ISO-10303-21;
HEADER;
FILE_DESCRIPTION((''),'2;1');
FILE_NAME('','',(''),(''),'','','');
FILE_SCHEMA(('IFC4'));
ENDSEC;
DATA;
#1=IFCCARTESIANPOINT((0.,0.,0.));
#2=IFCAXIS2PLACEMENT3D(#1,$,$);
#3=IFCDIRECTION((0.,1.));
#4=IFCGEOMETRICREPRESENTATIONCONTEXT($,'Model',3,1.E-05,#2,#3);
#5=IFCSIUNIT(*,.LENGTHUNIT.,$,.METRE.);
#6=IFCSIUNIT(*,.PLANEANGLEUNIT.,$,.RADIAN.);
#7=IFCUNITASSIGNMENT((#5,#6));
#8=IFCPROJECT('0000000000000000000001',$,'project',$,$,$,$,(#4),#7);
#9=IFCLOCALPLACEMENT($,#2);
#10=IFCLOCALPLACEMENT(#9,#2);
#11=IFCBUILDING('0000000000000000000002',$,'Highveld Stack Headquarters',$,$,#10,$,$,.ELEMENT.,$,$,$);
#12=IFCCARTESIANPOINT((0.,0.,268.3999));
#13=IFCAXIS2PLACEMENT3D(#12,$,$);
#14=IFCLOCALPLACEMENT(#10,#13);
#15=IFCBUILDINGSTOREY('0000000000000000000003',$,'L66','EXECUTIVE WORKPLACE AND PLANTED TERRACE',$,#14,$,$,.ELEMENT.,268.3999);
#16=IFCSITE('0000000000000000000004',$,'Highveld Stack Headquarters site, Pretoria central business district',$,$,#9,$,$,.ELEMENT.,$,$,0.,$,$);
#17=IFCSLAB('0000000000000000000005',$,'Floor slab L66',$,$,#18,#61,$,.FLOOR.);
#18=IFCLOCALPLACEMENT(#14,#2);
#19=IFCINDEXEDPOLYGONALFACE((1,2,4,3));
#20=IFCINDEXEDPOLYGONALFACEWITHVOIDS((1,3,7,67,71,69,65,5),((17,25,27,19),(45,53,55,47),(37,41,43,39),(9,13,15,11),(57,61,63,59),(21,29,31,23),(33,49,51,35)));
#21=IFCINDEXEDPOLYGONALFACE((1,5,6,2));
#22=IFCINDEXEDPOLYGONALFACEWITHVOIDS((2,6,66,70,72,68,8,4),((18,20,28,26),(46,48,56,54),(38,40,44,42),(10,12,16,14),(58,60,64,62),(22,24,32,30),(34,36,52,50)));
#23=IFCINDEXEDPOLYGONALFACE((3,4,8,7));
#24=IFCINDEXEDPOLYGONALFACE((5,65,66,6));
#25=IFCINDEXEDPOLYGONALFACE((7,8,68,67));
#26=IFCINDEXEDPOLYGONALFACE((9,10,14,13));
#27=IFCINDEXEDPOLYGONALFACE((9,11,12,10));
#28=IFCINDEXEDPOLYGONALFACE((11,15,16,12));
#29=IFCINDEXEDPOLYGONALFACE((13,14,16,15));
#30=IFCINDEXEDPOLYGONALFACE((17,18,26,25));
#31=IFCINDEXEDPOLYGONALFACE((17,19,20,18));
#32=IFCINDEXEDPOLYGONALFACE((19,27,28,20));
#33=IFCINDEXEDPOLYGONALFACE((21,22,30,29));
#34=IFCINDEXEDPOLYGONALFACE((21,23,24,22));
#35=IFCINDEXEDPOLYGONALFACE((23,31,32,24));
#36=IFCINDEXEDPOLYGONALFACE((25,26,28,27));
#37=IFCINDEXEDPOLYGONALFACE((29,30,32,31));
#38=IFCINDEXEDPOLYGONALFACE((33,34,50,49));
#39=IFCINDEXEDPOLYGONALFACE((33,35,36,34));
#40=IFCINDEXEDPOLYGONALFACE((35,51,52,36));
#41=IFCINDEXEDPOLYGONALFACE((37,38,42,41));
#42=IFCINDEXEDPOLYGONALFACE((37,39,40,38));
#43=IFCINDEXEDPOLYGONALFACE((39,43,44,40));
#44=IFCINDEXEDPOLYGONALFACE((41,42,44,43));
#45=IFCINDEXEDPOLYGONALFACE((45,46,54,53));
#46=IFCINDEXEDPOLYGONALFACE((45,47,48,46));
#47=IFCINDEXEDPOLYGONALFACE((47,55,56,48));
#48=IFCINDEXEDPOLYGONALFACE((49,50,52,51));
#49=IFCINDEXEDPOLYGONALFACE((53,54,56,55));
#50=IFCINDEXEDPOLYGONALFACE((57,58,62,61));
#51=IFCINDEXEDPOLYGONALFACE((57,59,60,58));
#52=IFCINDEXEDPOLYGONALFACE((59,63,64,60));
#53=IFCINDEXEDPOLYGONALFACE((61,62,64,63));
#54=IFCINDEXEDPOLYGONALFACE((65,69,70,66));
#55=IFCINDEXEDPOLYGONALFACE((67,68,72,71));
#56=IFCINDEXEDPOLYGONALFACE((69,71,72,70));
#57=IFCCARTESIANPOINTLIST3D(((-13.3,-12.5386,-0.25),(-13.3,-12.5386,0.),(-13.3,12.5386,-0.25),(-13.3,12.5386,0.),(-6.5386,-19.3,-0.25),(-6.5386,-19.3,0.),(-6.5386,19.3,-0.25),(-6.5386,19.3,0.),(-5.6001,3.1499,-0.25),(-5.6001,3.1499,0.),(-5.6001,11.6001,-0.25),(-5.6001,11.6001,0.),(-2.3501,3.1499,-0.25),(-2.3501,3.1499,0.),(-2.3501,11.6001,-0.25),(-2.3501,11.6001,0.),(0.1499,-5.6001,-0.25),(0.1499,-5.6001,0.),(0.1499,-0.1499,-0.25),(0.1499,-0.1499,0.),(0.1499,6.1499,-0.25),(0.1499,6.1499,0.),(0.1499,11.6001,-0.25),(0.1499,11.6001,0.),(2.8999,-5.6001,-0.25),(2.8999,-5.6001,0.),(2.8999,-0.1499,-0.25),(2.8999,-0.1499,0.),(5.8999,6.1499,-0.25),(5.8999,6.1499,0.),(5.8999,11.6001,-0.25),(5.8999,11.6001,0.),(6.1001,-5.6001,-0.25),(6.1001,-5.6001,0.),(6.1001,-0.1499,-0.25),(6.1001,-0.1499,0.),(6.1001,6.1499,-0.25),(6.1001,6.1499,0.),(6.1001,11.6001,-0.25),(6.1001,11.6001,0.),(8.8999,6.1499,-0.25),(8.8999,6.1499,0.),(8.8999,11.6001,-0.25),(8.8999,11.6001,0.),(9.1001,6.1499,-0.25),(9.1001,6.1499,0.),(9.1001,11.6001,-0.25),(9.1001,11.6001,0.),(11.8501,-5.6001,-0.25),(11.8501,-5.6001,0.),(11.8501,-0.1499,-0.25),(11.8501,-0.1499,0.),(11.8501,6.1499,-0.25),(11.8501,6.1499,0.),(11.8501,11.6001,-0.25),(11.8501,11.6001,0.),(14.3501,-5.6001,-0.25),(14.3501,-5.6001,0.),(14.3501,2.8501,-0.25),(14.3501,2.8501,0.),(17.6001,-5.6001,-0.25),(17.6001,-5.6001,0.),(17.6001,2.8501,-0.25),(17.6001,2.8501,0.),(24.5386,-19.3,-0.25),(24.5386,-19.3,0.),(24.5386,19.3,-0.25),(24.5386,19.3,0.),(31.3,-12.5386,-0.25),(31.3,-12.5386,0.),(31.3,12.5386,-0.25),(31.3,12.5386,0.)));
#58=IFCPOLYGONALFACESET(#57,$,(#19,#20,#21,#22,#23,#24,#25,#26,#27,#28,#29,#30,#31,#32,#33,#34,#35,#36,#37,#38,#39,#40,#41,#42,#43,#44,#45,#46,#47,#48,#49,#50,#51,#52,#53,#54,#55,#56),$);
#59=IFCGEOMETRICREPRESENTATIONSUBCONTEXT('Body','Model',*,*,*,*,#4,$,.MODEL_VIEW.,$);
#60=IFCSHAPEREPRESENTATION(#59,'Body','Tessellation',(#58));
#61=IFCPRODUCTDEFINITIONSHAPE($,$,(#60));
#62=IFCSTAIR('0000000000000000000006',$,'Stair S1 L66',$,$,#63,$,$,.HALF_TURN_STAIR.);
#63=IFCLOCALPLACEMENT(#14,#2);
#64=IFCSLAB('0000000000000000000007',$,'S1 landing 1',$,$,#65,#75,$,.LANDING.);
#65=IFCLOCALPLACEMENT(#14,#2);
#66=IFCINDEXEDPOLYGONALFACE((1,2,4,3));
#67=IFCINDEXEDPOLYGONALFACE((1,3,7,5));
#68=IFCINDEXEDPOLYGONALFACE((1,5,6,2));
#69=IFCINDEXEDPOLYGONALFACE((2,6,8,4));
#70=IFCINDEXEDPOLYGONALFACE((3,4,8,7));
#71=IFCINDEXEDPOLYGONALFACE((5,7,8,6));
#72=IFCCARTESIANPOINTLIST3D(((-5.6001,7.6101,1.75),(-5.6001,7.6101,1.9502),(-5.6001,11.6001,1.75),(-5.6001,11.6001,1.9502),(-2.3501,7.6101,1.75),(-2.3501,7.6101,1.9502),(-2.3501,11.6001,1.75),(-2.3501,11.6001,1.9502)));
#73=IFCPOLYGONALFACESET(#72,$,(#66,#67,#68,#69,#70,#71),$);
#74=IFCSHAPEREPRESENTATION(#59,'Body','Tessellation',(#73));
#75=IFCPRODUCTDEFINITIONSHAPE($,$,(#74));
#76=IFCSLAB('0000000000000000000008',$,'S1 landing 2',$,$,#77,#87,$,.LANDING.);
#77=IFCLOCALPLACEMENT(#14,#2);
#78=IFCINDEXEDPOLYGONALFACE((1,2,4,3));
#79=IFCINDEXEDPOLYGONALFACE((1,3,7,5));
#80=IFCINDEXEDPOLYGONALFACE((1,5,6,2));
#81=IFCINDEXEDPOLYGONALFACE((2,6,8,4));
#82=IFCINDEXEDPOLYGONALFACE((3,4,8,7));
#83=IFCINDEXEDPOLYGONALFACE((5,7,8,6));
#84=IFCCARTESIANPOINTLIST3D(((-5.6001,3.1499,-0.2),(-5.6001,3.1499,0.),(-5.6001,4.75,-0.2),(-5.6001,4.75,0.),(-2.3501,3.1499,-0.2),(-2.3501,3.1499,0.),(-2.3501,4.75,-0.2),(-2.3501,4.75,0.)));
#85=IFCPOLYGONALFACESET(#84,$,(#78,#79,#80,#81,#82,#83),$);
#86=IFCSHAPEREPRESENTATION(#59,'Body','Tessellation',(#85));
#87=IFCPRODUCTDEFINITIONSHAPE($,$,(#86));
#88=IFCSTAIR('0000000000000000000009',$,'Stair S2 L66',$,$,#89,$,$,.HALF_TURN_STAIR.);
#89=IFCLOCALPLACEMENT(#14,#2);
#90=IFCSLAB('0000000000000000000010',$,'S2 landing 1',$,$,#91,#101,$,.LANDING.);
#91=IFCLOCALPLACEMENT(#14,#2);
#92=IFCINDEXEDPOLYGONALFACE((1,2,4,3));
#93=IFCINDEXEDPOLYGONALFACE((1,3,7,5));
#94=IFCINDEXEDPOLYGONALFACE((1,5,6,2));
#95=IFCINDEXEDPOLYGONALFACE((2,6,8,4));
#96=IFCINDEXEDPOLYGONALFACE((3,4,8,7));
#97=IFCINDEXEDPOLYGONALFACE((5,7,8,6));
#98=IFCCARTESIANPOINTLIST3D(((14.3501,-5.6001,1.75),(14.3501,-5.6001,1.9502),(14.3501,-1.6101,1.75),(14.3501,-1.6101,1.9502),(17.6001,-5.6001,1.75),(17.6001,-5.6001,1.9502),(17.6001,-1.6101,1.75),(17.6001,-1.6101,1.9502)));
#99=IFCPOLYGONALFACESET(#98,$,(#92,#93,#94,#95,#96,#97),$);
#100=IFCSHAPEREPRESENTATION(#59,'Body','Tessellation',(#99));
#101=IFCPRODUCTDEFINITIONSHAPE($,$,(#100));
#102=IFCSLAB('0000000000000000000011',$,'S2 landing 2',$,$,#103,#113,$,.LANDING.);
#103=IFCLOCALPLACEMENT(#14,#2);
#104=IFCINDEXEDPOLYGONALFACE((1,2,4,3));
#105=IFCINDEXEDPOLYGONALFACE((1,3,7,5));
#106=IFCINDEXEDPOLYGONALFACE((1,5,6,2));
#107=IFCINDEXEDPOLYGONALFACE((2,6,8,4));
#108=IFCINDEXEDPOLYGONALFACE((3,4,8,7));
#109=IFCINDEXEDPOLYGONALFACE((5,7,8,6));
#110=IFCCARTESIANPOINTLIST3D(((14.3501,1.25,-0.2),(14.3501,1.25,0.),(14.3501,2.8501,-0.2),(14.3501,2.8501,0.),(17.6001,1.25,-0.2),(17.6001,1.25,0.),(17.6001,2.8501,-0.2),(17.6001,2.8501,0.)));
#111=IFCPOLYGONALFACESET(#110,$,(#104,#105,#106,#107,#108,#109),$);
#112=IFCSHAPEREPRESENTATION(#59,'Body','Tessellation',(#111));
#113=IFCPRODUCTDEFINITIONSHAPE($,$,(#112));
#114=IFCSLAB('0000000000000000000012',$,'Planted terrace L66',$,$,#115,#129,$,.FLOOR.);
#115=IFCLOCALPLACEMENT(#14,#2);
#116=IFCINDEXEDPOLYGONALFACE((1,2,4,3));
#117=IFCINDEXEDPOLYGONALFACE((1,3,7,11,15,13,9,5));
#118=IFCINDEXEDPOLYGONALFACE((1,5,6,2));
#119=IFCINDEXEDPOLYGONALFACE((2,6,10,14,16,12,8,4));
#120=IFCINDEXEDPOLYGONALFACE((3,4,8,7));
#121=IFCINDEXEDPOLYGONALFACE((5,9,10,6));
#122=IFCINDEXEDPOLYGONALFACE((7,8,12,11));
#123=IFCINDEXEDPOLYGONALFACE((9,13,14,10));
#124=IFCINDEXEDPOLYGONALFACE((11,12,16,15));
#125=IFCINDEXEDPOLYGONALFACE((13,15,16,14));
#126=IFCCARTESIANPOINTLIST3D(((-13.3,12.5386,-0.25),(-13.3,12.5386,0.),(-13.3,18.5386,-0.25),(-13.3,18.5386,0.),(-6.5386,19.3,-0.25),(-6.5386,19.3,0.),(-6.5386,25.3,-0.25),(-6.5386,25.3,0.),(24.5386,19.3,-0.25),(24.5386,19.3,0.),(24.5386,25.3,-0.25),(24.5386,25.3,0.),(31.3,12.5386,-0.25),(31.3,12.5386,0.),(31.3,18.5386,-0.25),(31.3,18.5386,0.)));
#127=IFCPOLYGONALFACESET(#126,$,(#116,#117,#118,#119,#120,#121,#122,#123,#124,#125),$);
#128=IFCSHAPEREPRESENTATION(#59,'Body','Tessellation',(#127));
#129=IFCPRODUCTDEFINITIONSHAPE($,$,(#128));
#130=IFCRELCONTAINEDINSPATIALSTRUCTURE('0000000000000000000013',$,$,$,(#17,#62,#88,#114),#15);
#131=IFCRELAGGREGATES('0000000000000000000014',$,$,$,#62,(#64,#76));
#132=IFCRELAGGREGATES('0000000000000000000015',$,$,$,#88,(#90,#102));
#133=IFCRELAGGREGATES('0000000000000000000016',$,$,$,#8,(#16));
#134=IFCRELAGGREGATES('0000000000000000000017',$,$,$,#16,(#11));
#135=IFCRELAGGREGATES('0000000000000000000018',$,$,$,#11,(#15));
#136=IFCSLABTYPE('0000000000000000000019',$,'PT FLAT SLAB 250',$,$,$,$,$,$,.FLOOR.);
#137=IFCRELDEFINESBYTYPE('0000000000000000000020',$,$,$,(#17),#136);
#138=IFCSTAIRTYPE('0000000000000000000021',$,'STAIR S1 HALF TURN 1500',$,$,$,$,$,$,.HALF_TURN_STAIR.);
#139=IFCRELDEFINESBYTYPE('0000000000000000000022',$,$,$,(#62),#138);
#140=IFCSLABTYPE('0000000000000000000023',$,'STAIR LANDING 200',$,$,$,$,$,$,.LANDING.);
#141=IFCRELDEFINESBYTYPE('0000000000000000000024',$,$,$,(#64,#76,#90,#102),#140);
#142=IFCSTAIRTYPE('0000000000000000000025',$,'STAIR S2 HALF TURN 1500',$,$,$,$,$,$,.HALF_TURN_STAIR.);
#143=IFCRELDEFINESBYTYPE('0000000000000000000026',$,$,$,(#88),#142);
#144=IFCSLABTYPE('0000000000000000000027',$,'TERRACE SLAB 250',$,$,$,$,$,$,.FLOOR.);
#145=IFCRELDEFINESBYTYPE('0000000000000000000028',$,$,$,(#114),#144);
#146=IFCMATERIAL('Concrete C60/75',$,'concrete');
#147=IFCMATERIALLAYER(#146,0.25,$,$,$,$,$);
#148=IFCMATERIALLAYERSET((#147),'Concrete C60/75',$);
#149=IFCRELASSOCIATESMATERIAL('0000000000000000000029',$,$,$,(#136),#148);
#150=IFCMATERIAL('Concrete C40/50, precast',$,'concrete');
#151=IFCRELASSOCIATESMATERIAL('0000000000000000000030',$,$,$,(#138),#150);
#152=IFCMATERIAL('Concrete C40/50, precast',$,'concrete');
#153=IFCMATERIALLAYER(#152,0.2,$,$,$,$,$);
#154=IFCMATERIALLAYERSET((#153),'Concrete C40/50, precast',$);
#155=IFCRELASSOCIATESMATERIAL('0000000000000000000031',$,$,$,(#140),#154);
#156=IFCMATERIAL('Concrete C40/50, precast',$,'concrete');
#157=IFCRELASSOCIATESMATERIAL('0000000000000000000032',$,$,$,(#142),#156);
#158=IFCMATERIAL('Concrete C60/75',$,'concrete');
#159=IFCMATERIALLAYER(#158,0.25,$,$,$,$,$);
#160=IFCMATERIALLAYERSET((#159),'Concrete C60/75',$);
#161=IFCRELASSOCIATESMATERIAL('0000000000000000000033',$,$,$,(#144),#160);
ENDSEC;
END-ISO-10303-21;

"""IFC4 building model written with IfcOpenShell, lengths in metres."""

from ifc_helpers import new_model, si_unit, direction, frame, origin, place, context, subcontext, project, spatial, polyline, outline, extrude, material, layer, layer_set, type_object, element, aggregate, save


model = new_model("IFC4")

# Units and contexts
model_context = context("Model", 3, precision=1e-05, world=origin(), true_north=direction((0.0, 1.0)))
body_context = subcontext(model_context, "Body", "Model", "MODEL_VIEW")
ifc_project = project(units=[si_unit("LENGTHUNIT", "METRE"), si_unit("PLANEANGLEUNIT", "RADIAN")], contexts=[model_context])

# Site, building, storey
site_placement = place(None, origin())
site = spatial("IfcSite", under=ifc_project, at=site_placement, Name="Highveld Stack Headquarters site, Pretoria central business district", CompositionType="ELEMENT", RefElevation=0.0)
building_placement = place(site_placement, origin())
building = spatial("IfcBuilding", under=site, at=building_placement, Name="Highveld Stack Headquarters", CompositionType="ELEMENT")
storey_placement = place(building_placement, frame((0.0, 0.0, 268.3999)))
storey = spatial("IfcBuildingStorey", under=building, at=storey_placement, Name="L66", Description="EXECUTIVE WORKPLACE AND PLANTED TERRACE", CompositionType="ELEMENT", Elevation=268.3999)

# Slab
ifc_material_1 = material(Name="Concrete C60/75", Category="concrete")
ifc_layer_1 = layer(ifc_material_1, 0.25)
ifc_layer_set_1 = layer_set([ifc_layer_1], Name="Concrete C60/75")
slab_type_1 = type_object("IfcSlabType", Name="PT FLAT SLAB 250", PredefinedType="FLOOR", material=ifc_layer_set_1)
slab_1_placement = place(storey_placement, frame((0.0, 0.0, -0.25)))
element("IfcSlab", 1, at=slab_1_placement, inside=storey, type_object=slab_type_1, Name="Floor slab L66", PredefinedType="FLOOR", context=body_context, shape_type="SweptSolid", body=[
    extrude(outline(polyline([(-6.5386, -19.3), (24.5386, -19.3), (31.3, -12.5386), (31.3, 12.5386), (24.5386, 19.3), (-6.5386, 19.3), (-13.3, 12.5386), (-13.3, -12.5386), (-6.5386, -19.3)]), holes=[polyline([(0.1499, 6.1499), (5.8999, 6.1499), (5.8999, 11.6001), (0.1499, 11.6001), (0.1499, 6.1499)]), polyline([(9.1001, 6.1499), (11.8501, 6.1499), (11.8501, 11.6001), (9.1001, 11.6001), (9.1001, 6.1499)]), polyline([(6.1001, 6.1499), (8.8999, 6.1499), (8.8999, 11.6001), (6.1001, 11.6001), (6.1001, 6.1499)]), polyline([(6.1001, -5.6001), (11.8501, -5.6001), (11.8501, -0.1499), (6.1001, -0.1499), (6.1001, -5.6001)]), polyline([(0.1499, -5.6001), (2.8999, -5.6001), (2.8999, -0.1499), (0.1499, -0.1499), (0.1499, -5.6001)]), polyline([(-5.6001, 3.1499), (-2.3501, 3.1499), (-2.3501, 11.6001), (-5.6001, 11.6001), (-5.6001, 3.1499)]), polyline([(14.3501, -5.6001), (17.6001, -5.6001), (17.6001, 2.8501), (14.3501, 2.8501), (14.3501, -5.6001)])]), origin(), (0.0, 0.0, 1.0), 0.25),
])

# Stairs, slabs
ifc_material_2 = material(Name="Concrete C40/50, precast", Category="concrete")
stair_type_1 = type_object("IfcStairType", Name="STAIR S1 HALF TURN 1500", PredefinedType="HALF_TURN_STAIR", material=ifc_material_2)
stair_1_placement = place(storey_placement, origin())
stair_1 = element("IfcStair", 2, at=stair_1_placement, inside=storey, type_object=stair_type_1, Name="Stair S1 L66", PredefinedType="HALF_TURN_STAIR")
ifc_material_3 = material(Name="Concrete C40/50, precast", Category="concrete")
ifc_layer_2 = layer(ifc_material_3, 0.2)
ifc_layer_set_2 = layer_set([ifc_layer_2], Name="Concrete C40/50, precast")
slab_type_2 = type_object("IfcSlabType", Name="STAIR LANDING 200", PredefinedType="LANDING", material=ifc_layer_set_2)
slab_2_placement = place(storey_placement, frame((0.0, 0.0, 1.75)))
slab_2 = element("IfcSlab", 3, at=slab_2_placement, type_object=slab_type_2, Name="S1 landing 1", PredefinedType="LANDING", context=body_context, shape_type="SweptSolid", body=[
    extrude(outline(polyline([(-5.6001, 7.6101), (-2.3501, 7.6101), (-2.3501, 11.6001), (-5.6001, 11.6001), (-5.6001, 7.6101)])), origin(), (0.0, 0.0, 1.0), 0.2002),
])
slab_3_placement = place(storey_placement, frame((0.0, 0.0, -0.2)))
slab_3 = element("IfcSlab", 4, at=slab_3_placement, type_object=slab_type_2, Name="S1 landing 2", PredefinedType="LANDING", context=body_context, shape_type="SweptSolid", body=[
    extrude(outline(polyline([(-5.6001, 3.1499), (-2.3501, 3.1499), (-2.3501, 4.75), (-5.6001, 4.75), (-5.6001, 3.1499)])), origin(), (0.0, 0.0, 1.0), 0.2),
])
aggregate(stair_1, [slab_2, slab_3])
ifc_material_4 = material(Name="Concrete C40/50, precast", Category="concrete")
stair_type_2 = type_object("IfcStairType", Name="STAIR S2 HALF TURN 1500", PredefinedType="HALF_TURN_STAIR", material=ifc_material_4)
stair_2_placement = place(storey_placement, origin())
stair_2 = element("IfcStair", 5, at=stair_2_placement, inside=storey, type_object=stair_type_2, Name="Stair S2 L66", PredefinedType="HALF_TURN_STAIR")
slab_4_placement = place(storey_placement, frame((0.0, 0.0, 1.75)))
slab_4 = element("IfcSlab", 6, at=slab_4_placement, type_object=slab_type_2, Name="S2 landing 1", PredefinedType="LANDING", context=body_context, shape_type="SweptSolid", body=[
    extrude(outline(polyline([(14.3501, -5.6001), (17.6001, -5.6001), (17.6001, -1.6101), (14.3501, -1.6101), (14.3501, -5.6001)])), origin(), (0.0, 0.0, 1.0), 0.2002),
])
slab_5_placement = place(storey_placement, frame((0.0, 0.0, -0.2)))
slab_5 = element("IfcSlab", 7, at=slab_5_placement, type_object=slab_type_2, Name="S2 landing 2", PredefinedType="LANDING", context=body_context, shape_type="SweptSolid", body=[
    extrude(outline(polyline([(14.3501, 1.25), (17.6001, 1.25), (17.6001, 2.8501), (14.3501, 2.8501), (14.3501, 1.25)])), origin(), (0.0, 0.0, 1.0), 0.2),
])
aggregate(stair_2, [slab_4, slab_5])

# Slab
ifc_material_5 = material(Name="Concrete C60/75", Category="concrete")
ifc_layer_3 = layer(ifc_material_5, 0.25)
ifc_layer_set_3 = layer_set([ifc_layer_3], Name="Concrete C60/75")
slab_type_3 = type_object("IfcSlabType", Name="TERRACE SLAB 250", PredefinedType="FLOOR", material=ifc_layer_set_3)
slab_6_placement = place(storey_placement, frame((0.0, 0.0, -0.25)))
element("IfcSlab", 8, at=slab_6_placement, inside=storey, type_object=slab_type_3, Name="Planted terrace L66", PredefinedType="FLOOR", context=body_context, shape_type="SweptSolid", body=[
    extrude(outline(polyline([(-13.3, 18.5386), (-6.5386, 25.3), (24.5386, 25.3), (31.3, 18.5386), (31.3, 12.5386), (24.5386, 19.3), (-6.5386, 19.3), (-13.3, 12.5386), (-13.3, 18.5386)])), origin(), (0.0, 0.0, 1.0), 0.25),
])

save(model, "model.ifc")
